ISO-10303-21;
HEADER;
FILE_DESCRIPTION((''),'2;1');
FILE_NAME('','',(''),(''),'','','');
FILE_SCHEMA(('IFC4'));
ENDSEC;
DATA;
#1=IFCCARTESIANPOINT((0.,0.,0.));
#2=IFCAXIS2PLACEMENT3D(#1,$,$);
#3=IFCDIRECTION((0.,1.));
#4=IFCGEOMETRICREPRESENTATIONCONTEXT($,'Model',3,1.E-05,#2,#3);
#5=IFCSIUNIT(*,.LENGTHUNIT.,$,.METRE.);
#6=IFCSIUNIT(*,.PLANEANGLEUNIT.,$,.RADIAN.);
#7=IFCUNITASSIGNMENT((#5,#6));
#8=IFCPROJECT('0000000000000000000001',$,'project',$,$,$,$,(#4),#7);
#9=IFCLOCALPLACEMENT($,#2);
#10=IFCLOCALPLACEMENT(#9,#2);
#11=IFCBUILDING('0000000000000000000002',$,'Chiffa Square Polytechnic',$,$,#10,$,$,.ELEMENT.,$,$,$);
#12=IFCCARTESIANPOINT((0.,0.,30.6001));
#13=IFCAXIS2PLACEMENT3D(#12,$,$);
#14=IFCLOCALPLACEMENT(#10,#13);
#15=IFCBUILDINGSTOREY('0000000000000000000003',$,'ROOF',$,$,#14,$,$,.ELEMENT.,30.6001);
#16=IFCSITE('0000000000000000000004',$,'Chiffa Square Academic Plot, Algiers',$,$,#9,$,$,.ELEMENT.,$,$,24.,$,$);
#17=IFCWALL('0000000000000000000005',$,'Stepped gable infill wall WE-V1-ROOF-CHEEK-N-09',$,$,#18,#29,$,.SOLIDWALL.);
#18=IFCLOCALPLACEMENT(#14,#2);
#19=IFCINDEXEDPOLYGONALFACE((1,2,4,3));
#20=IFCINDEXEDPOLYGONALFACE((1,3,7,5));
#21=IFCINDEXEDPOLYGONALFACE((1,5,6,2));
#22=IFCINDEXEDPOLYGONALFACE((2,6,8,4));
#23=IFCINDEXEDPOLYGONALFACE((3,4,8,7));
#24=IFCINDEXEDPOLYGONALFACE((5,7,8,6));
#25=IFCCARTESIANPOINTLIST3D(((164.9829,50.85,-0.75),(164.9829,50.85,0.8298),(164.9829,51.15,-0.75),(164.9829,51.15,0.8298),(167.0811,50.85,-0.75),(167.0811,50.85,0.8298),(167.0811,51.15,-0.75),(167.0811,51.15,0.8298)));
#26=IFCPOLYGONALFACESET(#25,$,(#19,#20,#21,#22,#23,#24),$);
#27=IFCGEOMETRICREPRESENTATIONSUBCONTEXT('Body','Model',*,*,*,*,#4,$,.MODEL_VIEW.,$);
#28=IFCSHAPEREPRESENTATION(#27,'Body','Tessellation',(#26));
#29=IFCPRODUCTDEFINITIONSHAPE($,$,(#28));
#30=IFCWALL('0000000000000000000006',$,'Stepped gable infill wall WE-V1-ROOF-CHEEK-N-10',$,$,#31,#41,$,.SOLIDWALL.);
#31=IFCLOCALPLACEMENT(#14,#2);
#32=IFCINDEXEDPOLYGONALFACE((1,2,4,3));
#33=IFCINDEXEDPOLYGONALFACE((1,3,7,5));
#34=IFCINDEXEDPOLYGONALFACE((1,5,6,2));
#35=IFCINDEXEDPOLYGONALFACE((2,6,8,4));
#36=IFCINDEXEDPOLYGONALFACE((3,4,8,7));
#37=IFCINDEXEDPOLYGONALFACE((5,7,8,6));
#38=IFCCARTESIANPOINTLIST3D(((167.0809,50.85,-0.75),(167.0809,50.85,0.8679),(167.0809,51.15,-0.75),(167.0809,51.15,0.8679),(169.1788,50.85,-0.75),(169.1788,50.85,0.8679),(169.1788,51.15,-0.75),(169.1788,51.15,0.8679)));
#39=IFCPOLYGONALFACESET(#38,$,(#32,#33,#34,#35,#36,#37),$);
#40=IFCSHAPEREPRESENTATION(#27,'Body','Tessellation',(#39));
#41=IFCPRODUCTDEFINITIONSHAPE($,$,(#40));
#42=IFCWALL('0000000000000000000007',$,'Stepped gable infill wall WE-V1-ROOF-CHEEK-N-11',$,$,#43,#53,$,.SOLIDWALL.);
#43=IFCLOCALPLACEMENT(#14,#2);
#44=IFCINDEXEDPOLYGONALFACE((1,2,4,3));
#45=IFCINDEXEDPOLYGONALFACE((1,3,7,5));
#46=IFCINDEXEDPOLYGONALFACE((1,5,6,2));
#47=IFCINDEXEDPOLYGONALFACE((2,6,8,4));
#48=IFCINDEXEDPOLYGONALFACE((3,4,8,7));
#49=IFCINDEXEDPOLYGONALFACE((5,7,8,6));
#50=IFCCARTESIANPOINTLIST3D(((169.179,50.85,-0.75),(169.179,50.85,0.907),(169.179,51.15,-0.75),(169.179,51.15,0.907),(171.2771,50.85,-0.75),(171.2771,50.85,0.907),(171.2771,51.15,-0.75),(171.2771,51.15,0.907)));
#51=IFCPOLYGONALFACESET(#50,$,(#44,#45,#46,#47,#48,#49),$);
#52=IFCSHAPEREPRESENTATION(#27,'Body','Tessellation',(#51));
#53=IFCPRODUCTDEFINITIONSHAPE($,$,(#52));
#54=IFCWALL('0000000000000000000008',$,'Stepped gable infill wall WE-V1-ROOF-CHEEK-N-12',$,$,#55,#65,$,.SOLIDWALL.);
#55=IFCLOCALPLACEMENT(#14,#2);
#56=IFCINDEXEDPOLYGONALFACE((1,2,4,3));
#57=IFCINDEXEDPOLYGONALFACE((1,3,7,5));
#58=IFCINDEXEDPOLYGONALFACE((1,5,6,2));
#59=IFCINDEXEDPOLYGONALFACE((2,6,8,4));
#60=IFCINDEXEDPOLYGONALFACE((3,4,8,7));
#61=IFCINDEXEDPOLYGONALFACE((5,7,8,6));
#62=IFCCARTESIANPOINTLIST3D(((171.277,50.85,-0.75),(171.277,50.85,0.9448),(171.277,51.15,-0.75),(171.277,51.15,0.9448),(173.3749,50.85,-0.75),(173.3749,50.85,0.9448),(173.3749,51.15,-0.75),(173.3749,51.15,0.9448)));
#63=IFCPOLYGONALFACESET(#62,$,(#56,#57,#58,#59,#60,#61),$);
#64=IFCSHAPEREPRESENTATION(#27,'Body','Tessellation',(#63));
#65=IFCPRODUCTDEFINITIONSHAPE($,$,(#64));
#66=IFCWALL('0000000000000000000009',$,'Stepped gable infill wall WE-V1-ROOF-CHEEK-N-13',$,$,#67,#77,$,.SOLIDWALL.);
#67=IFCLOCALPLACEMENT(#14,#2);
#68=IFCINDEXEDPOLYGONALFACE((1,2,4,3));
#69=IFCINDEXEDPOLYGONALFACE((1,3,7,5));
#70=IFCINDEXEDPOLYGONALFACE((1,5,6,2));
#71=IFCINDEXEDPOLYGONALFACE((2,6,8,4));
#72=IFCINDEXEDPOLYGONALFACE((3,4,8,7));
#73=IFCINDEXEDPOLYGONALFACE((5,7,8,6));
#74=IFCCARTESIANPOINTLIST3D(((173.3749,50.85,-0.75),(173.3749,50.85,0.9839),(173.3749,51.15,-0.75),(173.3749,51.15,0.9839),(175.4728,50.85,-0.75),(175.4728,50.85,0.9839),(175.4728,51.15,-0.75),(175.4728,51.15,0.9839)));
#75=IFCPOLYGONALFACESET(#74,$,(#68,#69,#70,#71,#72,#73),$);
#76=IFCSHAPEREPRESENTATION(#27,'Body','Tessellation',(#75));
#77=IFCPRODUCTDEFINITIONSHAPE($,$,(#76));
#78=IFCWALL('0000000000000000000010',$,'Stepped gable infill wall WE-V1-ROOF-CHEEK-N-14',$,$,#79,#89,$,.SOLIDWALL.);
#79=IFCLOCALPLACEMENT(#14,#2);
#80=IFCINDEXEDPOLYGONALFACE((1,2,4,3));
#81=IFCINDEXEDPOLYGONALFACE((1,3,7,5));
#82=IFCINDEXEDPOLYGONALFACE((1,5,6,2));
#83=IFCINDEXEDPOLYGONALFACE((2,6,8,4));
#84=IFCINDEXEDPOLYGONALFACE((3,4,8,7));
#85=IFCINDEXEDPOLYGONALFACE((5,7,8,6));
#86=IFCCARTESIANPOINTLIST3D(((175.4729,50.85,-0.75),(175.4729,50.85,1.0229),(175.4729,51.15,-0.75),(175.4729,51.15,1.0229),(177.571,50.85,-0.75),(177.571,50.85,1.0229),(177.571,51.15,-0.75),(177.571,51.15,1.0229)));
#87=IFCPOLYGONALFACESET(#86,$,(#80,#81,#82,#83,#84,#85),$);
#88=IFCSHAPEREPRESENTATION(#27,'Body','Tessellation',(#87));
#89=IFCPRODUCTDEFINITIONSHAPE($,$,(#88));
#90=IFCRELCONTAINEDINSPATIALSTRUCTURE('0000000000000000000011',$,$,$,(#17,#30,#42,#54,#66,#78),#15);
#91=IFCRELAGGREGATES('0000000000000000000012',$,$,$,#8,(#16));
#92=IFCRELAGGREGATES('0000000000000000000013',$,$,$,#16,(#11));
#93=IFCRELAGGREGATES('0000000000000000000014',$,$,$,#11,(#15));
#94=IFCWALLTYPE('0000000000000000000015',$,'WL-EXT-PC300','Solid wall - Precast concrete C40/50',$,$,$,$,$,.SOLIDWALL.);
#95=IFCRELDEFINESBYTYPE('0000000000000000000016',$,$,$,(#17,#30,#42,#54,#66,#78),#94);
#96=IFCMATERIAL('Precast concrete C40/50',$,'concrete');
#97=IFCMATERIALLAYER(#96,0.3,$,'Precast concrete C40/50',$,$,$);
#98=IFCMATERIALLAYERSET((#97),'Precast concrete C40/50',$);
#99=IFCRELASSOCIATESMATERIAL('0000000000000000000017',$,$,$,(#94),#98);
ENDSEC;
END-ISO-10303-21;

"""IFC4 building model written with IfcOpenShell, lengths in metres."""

from ifc_helpers import new_model, si_unit, direction, frame, frame_2d, origin, place, context, subcontext, project, spatial, rectangle, extrude, material, layer, layer_set, type_object, element, save


model = new_model("IFC4")

# Units and contexts
model_context = context("Model", 3, precision=1e-05, world=origin(), true_north=direction((0.0, 1.0)))
body_context = subcontext(model_context, "Body", "Model", "MODEL_VIEW")
ifc_project = project(units=[si_unit("LENGTHUNIT", "METRE"), si_unit("PLANEANGLEUNIT", "RADIAN")], contexts=[model_context])

# Site, building, storey
site_placement = place(None, origin())
site = spatial("IfcSite", under=ifc_project, at=site_placement, Name="Chiffa Square Academic Plot, Algiers", CompositionType="ELEMENT", RefElevation=24.0)
building_placement = place(site_placement, origin())
building = spatial("IfcBuilding", under=site, at=building_placement, Name="Chiffa Square Polytechnic", CompositionType="ELEMENT")
storey_placement = place(building_placement, frame((0.0, 0.0, 30.6001)))
storey = spatial("IfcBuildingStorey", under=building, at=storey_placement, Name="ROOF", CompositionType="ELEMENT", Elevation=30.6001)

# Walls
ifc_material_1 = material(Name="Precast concrete C40/50", Category="concrete")
ifc_layer_1 = layer(ifc_material_1, 0.3, Name="Precast concrete C40/50")
ifc_layer_set_1 = layer_set([ifc_layer_1], Name="Precast concrete C40/50")
wall_type = type_object("IfcWallType", Name="WL-EXT-PC300", Description="Solid wall - Precast concrete C40/50", PredefinedType="SOLIDWALL", material=ifc_layer_set_1)
wall_1_placement = place(storey_placement, frame((164.9829, 51.0, -0.75), z_axis=(0.0, 0.0, 1.0), x_axis=(1.0, 0.0, 0.0)))
element("IfcWall", 1, at=wall_1_placement, inside=storey, type_object=wall_type, Name="Stepped gable infill wall WE-V1-ROOF-CHEEK-N-09", PredefinedType="SOLIDWALL", context=body_context, shape_type="SweptSolid", body=[
    extrude(rectangle(XDim=2.0981, YDim=0.3, at=frame_2d((1.0491, 0.0))), origin(), (0.0, 0.0, 1.0), 1.5798),
])
wall_2_placement = place(storey_placement, frame((167.0811, 51.0, -0.75), z_axis=(0.0, 0.0, 1.0), x_axis=(1.0, 0.0, 0.0)))
element("IfcWall", 2, at=wall_2_placement, inside=storey, type_object=wall_type, Name="Stepped gable infill wall WE-V1-ROOF-CHEEK-N-10", PredefinedType="SOLIDWALL", context=body_context, shape_type="SweptSolid", body=[
    extrude(rectangle(XDim=2.0979, YDim=0.3, at=frame_2d((1.0488, 0.0))), origin(), (0.0, 0.0, 1.0), 1.6179),
])
wall_3_placement = place(storey_placement, frame((169.179, 51.0, -0.75), z_axis=(0.0, 0.0, 1.0), x_axis=(1.0, 0.0, 0.0)))
element("IfcWall", 3, at=wall_3_placement, inside=storey, type_object=wall_type, Name="Stepped gable infill wall WE-V1-ROOF-CHEEK-N-11", PredefinedType="SOLIDWALL", context=body_context, shape_type="SweptSolid", body=[
    extrude(rectangle(XDim=2.0981, YDim=0.3, at=frame_2d((1.0491, 0.0))), origin(), (0.0, 0.0, 1.0), 1.657),
])
wall_4_placement = place(storey_placement, frame((171.2771, 51.0, -0.75), z_axis=(0.0, 0.0, 1.0), x_axis=(1.0, 0.0, 0.0)))
element("IfcWall", 4, at=wall_4_placement, inside=storey, type_object=wall_type, Name="Stepped gable infill wall WE-V1-ROOF-CHEEK-N-12", PredefinedType="SOLIDWALL", context=body_context, shape_type="SweptSolid", body=[
    extrude(rectangle(XDim=2.0979, YDim=0.3, at=frame_2d((1.0488, 0.0))), origin(), (0.0, 0.0, 1.0), 1.6948),
])
wall_5_placement = place(storey_placement, frame((173.375, 51.0, -0.75), z_axis=(0.0, 0.0, 1.0), x_axis=(1.0, 0.0, 0.0)))
element("IfcWall", 5, at=wall_5_placement, inside=storey, type_object=wall_type, Name="Stepped gable infill wall WE-V1-ROOF-CHEEK-N-13", PredefinedType="SOLIDWALL", context=body_context, shape_type="SweptSolid", body=[
    extrude(rectangle(XDim=2.0979, YDim=0.3, at=frame_2d((1.0488, 0.0))), origin(), (0.0, 0.0, 1.0), 1.7339),
])
wall_6_placement = place(storey_placement, frame((175.4729, 51.0, -0.75), z_axis=(0.0, 0.0, 1.0), x_axis=(1.0, 0.0, 0.0)))
element("IfcWall", 6, at=wall_6_placement, inside=storey, type_object=wall_type, Name="Stepped gable infill wall WE-V1-ROOF-CHEEK-N-14", PredefinedType="SOLIDWALL", context=body_context, shape_type="SweptSolid", body=[
    extrude(rectangle(XDim=2.0981, YDim=0.3, at=frame_2d((1.0491, 0.0))), origin(), (0.0, 0.0, 1.0), 1.7729),
])

save(model, "model.ifc")
